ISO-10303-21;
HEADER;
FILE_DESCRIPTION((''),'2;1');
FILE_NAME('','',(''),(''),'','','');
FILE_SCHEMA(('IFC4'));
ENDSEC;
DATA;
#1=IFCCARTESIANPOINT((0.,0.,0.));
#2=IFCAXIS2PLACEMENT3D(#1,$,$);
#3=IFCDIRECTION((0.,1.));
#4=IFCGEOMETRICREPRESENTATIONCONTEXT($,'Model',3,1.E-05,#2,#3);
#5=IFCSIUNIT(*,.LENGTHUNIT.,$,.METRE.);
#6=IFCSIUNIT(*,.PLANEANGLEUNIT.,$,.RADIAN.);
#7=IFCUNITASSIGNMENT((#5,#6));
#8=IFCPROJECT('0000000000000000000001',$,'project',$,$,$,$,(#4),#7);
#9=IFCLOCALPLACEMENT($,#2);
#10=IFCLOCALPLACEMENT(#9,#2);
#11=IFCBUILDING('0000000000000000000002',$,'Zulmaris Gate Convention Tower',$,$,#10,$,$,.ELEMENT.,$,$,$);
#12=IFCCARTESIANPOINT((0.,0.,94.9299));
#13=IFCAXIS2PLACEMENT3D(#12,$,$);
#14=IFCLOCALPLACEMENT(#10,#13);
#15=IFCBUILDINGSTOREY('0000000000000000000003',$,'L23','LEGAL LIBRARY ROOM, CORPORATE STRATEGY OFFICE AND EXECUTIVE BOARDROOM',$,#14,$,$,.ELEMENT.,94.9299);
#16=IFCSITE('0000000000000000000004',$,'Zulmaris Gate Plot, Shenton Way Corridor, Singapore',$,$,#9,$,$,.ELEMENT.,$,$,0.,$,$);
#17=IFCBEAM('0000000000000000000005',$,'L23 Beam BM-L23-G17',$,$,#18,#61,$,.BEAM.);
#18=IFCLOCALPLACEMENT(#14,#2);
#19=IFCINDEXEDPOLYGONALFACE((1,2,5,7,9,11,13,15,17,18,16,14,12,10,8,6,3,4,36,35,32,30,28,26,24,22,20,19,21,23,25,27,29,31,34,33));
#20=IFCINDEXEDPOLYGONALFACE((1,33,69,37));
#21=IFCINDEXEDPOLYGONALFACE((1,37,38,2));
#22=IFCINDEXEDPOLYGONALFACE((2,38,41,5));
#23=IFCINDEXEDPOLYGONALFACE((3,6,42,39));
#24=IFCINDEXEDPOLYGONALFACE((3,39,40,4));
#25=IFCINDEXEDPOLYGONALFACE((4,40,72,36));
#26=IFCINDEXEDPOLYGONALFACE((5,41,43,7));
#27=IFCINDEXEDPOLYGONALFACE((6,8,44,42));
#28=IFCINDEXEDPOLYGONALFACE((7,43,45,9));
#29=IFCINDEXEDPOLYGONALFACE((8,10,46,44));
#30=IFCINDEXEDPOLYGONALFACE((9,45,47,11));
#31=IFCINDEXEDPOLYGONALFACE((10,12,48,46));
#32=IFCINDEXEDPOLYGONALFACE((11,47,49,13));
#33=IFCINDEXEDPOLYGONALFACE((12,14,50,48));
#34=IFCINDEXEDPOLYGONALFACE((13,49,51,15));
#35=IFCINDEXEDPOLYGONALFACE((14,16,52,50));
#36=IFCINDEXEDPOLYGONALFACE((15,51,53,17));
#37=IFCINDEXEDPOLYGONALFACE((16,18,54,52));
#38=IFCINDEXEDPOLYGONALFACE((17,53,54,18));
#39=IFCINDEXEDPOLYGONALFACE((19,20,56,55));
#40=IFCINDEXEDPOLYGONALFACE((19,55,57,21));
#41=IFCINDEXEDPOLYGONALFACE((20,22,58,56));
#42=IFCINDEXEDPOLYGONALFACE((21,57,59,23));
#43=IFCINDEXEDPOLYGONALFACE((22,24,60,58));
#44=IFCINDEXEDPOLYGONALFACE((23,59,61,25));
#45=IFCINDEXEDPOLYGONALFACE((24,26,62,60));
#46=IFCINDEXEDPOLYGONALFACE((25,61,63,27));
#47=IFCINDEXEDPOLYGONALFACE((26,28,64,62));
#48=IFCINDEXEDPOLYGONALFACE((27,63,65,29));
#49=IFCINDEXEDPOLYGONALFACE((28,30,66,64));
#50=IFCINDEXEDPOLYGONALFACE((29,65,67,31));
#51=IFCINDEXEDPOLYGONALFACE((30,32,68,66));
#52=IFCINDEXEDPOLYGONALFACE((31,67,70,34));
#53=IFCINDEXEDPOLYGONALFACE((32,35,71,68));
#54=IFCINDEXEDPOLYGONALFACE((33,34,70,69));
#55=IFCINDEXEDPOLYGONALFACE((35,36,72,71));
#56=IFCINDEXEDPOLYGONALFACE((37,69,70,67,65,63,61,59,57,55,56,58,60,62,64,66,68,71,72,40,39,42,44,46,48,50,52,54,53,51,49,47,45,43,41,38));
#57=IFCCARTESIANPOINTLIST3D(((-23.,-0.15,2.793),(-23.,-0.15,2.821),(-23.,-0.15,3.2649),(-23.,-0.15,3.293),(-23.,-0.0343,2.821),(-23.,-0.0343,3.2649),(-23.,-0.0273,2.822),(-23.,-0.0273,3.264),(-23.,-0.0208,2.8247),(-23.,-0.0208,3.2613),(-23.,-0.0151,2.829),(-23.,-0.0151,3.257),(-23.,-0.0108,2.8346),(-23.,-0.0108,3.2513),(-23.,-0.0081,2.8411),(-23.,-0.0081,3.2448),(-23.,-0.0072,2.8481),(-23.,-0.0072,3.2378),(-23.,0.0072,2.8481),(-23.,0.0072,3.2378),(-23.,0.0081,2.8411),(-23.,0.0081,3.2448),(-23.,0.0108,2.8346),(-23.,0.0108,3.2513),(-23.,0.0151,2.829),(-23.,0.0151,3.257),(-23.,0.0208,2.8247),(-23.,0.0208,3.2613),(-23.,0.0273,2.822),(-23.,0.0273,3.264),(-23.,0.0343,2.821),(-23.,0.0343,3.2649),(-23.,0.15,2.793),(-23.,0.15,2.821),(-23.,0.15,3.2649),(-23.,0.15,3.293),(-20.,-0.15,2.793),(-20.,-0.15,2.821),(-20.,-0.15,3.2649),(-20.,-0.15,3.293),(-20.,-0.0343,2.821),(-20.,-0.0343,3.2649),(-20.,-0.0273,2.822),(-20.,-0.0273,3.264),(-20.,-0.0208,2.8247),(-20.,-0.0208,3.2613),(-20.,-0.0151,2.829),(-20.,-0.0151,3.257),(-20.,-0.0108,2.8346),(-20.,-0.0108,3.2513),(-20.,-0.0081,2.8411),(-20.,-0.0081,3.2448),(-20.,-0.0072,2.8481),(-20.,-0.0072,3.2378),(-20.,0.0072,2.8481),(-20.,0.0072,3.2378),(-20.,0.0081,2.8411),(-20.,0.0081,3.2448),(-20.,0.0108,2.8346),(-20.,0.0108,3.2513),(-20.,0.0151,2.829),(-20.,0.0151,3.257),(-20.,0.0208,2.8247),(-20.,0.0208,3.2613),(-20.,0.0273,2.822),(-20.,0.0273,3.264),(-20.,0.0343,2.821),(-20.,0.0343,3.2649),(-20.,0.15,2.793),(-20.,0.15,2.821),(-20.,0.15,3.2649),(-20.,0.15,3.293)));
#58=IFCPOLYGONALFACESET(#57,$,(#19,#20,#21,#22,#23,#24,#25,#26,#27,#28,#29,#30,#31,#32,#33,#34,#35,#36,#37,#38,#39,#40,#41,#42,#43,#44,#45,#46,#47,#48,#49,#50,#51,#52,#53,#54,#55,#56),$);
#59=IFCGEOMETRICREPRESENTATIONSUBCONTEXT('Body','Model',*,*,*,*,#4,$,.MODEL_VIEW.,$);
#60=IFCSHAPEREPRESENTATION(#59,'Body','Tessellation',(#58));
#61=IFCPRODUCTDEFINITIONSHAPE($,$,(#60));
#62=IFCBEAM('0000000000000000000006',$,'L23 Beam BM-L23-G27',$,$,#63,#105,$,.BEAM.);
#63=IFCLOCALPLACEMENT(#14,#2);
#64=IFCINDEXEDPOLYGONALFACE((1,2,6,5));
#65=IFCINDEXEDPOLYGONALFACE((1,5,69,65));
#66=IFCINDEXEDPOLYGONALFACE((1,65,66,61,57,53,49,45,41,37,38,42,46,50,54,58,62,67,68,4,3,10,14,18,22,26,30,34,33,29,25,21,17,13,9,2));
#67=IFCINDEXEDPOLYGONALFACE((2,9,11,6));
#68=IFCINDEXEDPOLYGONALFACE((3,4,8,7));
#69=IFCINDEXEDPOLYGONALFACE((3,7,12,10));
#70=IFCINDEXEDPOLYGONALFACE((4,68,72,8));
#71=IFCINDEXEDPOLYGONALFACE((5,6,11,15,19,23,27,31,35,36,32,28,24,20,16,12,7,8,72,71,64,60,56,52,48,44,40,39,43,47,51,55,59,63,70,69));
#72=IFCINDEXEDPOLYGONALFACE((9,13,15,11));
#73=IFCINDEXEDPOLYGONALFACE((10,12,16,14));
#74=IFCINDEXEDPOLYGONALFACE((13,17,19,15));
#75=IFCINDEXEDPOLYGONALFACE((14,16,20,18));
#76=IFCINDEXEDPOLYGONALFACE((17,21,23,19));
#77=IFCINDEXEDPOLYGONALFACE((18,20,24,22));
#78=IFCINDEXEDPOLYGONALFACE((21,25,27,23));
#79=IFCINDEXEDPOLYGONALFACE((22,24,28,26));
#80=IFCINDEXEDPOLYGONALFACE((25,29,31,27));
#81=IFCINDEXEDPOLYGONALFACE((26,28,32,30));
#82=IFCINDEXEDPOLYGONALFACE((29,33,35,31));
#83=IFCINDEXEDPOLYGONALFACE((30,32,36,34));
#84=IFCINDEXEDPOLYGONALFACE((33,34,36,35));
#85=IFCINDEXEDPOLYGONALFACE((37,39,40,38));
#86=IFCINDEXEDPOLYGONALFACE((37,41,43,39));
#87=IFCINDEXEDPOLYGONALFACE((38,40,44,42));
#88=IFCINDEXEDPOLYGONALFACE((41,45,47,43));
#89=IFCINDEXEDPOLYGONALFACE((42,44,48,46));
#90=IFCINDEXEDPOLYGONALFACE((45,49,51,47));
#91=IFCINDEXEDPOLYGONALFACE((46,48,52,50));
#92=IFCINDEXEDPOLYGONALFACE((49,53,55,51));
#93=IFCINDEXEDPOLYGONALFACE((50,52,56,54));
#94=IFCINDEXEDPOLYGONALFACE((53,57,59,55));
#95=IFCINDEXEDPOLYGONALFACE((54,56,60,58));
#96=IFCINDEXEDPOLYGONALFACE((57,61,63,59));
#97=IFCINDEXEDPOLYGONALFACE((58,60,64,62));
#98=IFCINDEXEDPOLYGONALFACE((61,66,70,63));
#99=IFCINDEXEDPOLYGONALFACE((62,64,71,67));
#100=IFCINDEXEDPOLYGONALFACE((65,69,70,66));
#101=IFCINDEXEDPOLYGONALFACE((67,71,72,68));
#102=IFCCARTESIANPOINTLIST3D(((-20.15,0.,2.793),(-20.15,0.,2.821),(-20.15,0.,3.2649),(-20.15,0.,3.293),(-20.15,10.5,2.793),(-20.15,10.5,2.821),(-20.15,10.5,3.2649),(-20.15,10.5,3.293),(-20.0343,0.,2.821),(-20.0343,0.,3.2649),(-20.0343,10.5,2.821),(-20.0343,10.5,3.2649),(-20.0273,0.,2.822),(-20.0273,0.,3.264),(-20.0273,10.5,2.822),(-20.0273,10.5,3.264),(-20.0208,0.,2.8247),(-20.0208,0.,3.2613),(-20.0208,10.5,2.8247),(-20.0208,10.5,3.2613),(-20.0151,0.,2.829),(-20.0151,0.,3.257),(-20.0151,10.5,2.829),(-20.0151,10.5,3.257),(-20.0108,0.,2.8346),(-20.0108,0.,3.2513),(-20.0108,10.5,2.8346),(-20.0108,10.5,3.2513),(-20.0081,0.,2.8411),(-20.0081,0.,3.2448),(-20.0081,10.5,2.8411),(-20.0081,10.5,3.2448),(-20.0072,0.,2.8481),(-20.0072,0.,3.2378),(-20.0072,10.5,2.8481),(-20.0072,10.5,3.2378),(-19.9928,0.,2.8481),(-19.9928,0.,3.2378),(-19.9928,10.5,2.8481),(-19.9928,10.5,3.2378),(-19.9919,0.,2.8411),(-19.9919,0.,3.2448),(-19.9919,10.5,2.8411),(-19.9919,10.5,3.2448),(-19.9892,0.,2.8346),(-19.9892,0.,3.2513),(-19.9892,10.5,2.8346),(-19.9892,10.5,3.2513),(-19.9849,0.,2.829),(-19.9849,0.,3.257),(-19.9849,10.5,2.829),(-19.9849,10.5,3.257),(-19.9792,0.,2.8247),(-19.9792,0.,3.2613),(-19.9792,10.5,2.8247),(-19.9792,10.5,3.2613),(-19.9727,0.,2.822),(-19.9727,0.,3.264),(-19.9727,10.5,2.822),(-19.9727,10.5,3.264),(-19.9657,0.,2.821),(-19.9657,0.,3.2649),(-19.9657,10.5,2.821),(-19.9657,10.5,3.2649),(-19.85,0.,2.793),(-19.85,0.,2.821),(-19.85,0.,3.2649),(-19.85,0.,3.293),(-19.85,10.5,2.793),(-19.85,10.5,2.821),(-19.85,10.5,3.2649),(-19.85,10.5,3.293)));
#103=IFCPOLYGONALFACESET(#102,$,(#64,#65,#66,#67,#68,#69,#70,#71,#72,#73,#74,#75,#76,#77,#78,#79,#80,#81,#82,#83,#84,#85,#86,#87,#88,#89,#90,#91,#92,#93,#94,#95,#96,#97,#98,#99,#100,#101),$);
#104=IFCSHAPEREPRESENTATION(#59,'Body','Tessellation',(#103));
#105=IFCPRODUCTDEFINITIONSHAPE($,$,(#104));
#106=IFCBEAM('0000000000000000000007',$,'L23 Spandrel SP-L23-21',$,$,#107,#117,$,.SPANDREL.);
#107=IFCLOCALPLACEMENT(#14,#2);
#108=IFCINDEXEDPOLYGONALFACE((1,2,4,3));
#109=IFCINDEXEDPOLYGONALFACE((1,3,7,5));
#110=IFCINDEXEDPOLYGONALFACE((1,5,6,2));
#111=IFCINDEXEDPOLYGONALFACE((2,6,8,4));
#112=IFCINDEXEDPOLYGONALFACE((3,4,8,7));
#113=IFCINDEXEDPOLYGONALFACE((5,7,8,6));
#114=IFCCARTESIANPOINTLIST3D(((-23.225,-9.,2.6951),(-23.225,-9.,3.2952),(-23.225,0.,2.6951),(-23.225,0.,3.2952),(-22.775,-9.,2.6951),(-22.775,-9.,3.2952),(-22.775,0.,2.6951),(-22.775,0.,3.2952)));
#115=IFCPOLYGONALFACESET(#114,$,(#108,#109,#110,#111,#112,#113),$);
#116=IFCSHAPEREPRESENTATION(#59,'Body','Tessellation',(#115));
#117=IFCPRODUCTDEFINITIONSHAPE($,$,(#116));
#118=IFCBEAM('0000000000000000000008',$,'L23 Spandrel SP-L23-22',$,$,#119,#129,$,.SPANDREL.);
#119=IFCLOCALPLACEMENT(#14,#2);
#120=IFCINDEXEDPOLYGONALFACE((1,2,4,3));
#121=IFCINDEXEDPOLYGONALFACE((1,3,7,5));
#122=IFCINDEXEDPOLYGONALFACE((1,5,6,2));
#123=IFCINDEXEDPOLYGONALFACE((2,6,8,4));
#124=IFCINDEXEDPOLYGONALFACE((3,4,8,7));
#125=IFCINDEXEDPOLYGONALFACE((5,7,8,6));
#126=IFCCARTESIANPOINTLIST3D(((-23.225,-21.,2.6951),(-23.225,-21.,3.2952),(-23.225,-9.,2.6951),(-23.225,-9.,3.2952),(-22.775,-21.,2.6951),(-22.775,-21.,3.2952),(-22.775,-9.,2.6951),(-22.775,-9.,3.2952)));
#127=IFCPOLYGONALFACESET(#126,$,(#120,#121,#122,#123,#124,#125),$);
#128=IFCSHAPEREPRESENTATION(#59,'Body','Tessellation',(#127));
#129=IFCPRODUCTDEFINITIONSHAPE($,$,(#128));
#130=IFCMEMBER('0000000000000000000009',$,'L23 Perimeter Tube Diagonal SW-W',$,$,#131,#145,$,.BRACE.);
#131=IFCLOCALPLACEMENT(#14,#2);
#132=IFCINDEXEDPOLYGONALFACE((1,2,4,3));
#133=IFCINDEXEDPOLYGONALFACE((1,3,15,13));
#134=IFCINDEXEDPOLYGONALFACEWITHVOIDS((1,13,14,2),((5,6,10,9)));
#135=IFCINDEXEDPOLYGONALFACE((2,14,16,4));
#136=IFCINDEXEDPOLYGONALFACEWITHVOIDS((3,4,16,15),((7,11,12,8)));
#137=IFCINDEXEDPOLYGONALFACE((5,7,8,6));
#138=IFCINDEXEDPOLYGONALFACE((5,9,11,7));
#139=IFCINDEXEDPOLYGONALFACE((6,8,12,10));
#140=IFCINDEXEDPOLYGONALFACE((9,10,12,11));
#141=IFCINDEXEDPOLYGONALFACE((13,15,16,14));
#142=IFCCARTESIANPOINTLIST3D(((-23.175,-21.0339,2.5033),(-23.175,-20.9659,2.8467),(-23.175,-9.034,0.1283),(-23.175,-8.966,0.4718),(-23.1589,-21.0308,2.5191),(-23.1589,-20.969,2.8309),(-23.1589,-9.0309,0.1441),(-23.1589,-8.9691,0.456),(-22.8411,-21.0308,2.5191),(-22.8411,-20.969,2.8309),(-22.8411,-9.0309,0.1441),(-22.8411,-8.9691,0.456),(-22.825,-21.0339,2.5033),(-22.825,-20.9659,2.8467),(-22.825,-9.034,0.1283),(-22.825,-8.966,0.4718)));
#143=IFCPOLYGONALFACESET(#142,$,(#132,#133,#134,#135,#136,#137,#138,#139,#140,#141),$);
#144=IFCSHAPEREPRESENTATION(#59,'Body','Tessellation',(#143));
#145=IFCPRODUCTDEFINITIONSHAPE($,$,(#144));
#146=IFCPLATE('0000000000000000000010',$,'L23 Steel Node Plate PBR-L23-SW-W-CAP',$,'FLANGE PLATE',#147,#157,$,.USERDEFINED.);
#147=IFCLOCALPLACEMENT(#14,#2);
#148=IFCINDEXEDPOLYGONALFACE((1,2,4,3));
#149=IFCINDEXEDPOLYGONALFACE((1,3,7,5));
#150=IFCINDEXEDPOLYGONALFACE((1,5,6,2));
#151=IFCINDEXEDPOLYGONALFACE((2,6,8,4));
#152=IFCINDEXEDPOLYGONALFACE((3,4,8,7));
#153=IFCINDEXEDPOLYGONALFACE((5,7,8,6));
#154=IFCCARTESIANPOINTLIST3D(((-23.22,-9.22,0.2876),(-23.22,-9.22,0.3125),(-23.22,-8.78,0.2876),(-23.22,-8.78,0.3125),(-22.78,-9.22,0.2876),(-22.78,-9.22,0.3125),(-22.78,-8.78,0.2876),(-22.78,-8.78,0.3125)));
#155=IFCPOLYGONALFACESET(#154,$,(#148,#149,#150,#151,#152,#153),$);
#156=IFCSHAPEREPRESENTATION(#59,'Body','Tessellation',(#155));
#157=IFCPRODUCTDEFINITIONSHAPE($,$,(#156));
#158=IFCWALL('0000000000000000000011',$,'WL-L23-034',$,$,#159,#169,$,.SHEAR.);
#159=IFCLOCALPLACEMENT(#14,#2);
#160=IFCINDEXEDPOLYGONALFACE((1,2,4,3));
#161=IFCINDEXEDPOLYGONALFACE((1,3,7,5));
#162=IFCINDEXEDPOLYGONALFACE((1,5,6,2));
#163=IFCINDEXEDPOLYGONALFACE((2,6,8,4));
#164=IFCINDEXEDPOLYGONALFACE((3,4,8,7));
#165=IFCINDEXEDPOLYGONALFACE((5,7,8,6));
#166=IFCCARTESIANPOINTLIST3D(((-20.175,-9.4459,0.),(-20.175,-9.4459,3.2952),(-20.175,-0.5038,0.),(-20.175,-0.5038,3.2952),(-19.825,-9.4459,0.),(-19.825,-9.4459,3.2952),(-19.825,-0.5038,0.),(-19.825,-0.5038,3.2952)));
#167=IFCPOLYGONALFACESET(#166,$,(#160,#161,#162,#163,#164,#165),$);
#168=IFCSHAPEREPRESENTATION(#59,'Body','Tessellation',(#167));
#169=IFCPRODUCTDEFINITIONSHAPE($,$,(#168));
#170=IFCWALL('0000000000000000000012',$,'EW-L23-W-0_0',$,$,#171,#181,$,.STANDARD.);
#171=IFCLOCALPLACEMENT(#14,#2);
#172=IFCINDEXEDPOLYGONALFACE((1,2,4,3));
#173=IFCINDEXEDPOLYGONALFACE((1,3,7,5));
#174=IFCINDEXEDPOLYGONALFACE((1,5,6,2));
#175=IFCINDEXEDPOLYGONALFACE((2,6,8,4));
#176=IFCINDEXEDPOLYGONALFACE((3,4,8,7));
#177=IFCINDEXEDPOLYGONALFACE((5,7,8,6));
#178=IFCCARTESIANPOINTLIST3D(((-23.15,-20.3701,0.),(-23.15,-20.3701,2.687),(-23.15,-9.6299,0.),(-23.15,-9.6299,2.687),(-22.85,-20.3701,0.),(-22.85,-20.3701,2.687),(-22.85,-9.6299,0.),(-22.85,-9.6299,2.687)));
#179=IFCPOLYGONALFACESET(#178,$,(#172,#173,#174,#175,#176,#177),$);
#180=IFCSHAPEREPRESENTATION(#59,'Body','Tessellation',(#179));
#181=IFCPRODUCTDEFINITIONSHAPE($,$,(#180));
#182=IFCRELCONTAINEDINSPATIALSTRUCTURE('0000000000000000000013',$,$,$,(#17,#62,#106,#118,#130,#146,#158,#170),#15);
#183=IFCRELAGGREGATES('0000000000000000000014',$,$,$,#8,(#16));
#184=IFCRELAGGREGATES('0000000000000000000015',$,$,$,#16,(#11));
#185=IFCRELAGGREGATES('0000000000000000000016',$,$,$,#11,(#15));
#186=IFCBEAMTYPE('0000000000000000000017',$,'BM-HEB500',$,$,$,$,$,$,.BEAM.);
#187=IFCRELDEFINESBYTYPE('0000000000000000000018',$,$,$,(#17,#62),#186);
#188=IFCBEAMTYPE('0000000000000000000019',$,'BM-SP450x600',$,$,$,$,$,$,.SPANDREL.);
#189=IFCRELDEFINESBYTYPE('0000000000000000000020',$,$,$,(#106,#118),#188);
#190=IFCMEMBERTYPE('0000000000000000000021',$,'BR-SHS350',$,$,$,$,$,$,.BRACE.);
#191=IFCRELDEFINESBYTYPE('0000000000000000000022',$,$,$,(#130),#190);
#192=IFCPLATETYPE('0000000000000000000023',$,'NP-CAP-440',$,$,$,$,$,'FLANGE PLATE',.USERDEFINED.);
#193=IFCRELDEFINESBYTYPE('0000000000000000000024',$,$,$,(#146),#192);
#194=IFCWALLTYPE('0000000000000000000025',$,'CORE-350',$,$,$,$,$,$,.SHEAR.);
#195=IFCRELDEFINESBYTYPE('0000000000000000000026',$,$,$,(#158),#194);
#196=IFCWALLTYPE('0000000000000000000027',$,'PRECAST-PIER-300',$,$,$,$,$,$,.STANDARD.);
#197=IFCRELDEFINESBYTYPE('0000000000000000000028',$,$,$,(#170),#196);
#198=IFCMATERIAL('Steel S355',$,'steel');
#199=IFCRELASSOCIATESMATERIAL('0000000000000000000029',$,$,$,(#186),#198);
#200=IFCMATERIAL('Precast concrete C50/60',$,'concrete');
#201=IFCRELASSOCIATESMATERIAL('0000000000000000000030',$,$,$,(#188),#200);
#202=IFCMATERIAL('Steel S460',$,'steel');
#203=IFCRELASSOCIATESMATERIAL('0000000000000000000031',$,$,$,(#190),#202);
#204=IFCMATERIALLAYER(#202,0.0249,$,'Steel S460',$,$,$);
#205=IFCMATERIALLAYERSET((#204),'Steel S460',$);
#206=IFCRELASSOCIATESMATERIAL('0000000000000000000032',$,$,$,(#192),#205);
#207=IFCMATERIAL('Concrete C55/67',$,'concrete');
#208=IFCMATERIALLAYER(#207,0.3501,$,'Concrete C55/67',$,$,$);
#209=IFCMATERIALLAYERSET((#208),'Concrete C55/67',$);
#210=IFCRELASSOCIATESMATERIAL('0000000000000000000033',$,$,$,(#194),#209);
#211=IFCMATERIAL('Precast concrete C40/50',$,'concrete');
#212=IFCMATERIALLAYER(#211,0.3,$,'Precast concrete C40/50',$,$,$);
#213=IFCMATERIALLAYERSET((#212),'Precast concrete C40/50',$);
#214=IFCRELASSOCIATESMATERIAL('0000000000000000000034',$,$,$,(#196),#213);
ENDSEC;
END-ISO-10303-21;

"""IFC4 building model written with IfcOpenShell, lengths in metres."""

from ifc_helpers import new_model, si_unit, direction, frame, frame_2d, origin, origin_2d, place, context, subcontext, project, spatial, rectangle, hollow_rectangle, i_section, extrude, material, layer, layer_set, material_profile, profile_set, type_object, element, save


model = new_model("IFC4")

# Units and contexts
model_context = context("Model", 3, precision=1e-05, world=origin(), true_north=direction((0.0, 1.0)))
body_context = subcontext(model_context, "Body", "Model", "MODEL_VIEW")
ifc_project = project(units=[si_unit("LENGTHUNIT", "METRE"), si_unit("PLANEANGLEUNIT", "RADIAN")], contexts=[model_context])

# Site, building, storey
site_placement = place(None, origin())
site = spatial("IfcSite", under=ifc_project, at=site_placement, Name="Zulmaris Gate Plot, Shenton Way Corridor, Singapore", CompositionType="ELEMENT", RefElevation=0.0)
building_placement = place(site_placement, origin())
building = spatial("IfcBuilding", under=site, at=building_placement, Name="Zulmaris Gate Convention Tower", CompositionType="ELEMENT")
storey_placement = place(building_placement, frame((0.0, 0.0, 94.9299)))
storey = spatial("IfcBuildingStorey", under=building, at=storey_placement, Name="L23", Description="LEGAL LIBRARY ROOM, CORPORATE STRATEGY OFFICE AND EXECUTIVE BOARDROOM", CompositionType="ELEMENT", Elevation=94.9299)

# Beams
ifc_material_1 = material(Name="Steel S355", Category="steel")
ifc_material_profile_1 = material_profile(ifc_material_1, i_section(OverallWidth=0.3, OverallDepth=0.5, WebThickness=0.0144, FlangeThickness=0.0281, FilletRadius=0.0271, at=origin_2d()), Name="HEB 500")
ifc_profile_set_1 = profile_set([ifc_material_profile_1], Name="Steel S355")
beam_type_1 = type_object("IfcBeamType", Name="BM-HEB500", PredefinedType="BEAM", material=ifc_profile_set_1)
for number, where, z_axis, x_axis, name in (
    (1, (-23.0, 0.0, 3.043), (1.0, 0.0, 0.0), (0.0, 1.0, 0.0), "L23 Beam BM-L23-G17"),
):
    element("IfcBeam", number, at=place(storey_placement, frame(where, z_axis=z_axis, x_axis=x_axis)), inside=storey, type_object=beam_type_1, Name=name, PredefinedType="BEAM", context=body_context, shape_type="SweptSolid", body=[
        extrude(i_section(OverallWidth=0.3, OverallDepth=0.5, WebThickness=0.0144, FlangeThickness=0.0281, FilletRadius=0.0271, at=origin_2d()), origin(), (0.0, 0.0, 1.0), 3.0),
    ])
beam_1_placement = place(storey_placement, frame((-20.0, 0.0, 3.043), z_axis=(0.0, 1.0, 0.0), x_axis=(-1.0, 0.0, 0.0)))
element("IfcBeam", 2, at=beam_1_placement, inside=storey, type_object=beam_type_1, Name="L23 Beam BM-L23-G27", PredefinedType="BEAM", context=body_context, shape_type="SweptSolid", body=[
    extrude(i_section(OverallWidth=0.3, OverallDepth=0.5, WebThickness=0.0144, FlangeThickness=0.0281, FilletRadius=0.0271, at=origin_2d()), origin(), (0.0, 0.0, 1.0), 10.5),
])
ifc_material_2 = material(Name="Precast concrete C50/60", Category="concrete")
ifc_material_profile_2 = material_profile(ifc_material_2, rectangle(XDim=0.45, YDim=0.6001, at=origin_2d()), Name="RC SPANDREL 450x600")
ifc_profile_set_2 = profile_set([ifc_material_profile_2], Name="Precast concrete C50/60")
beam_type_2 = type_object("IfcBeamType", Name="BM-SP450x600", PredefinedType="SPANDREL", material=ifc_profile_set_2)
beam_2_placement = place(storey_placement, frame((-23.0, 0.0, 2.9951), z_axis=(0.0, -1.0, 0.0), x_axis=(1.0, 0.0, 0.0)))
element("IfcBeam", 3, at=beam_2_placement, inside=storey, type_object=beam_type_2, Name="L23 Spandrel SP-L23-21", PredefinedType="SPANDREL", context=body_context, shape_type="SweptSolid", body=[
    extrude(rectangle(XDim=0.45, YDim=0.6001, at=origin_2d()), origin(), (0.0, 0.0, 1.0), 9.0),
])
beam_3_placement = place(storey_placement, frame((-23.0, -9.0, 2.9951), z_axis=(0.0, -1.0, 0.0), x_axis=(1.0, 0.0, 0.0)))
element("IfcBeam", 4, at=beam_3_placement, inside=storey, type_object=beam_type_2, Name="L23 Spandrel SP-L23-22", PredefinedType="SPANDREL", context=body_context, shape_type="SweptSolid", body=[
    extrude(rectangle(XDim=0.45, YDim=0.6001, at=origin_2d()), origin(), (0.0, 0.0, 1.0), 12.0),
])

# Member
ifc_material_3 = material(Name="Steel S460", Category="steel")
ifc_material_profile_3 = material_profile(ifc_material_3, hollow_rectangle(XDim=0.3501, YDim=0.3501, WallThickness=0.0161, at=origin_2d()), Name="SHS 350x350x16")
ifc_profile_set_3 = profile_set([ifc_material_profile_3], Name="Steel S460")
member_type = type_object("IfcMemberType", Name="BR-SHS350", PredefinedType="BRACE", material=ifc_profile_set_3)
member_placement = place(storey_placement, frame((-23.0, -9.0, 0.3), z_axis=(0.0, -0.980972, 0.194151), x_axis=(1.0, 0.0, 0.0)))
element("IfcMember", 5, at=member_placement, inside=storey, type_object=member_type, Name="L23 Perimeter Tube Diagonal SW-W", PredefinedType="BRACE", context=body_context, shape_type="SweptSolid", body=[
    extrude(hollow_rectangle(XDim=0.3501, YDim=0.3501, WallThickness=0.0161, at=origin_2d()), origin(), (0.0, 0.0, 1.0), 12.2327),
])

# Plate
ifc_layer_1 = layer(ifc_material_3, 0.0249, Name="Steel S460")
ifc_layer_set_1 = layer_set([ifc_layer_1], Name="Steel S460")
plate_type = type_object("IfcPlateType", Name="NP-CAP-440", ElementType="FLANGE PLATE", PredefinedType="USERDEFINED", material=ifc_layer_set_1)
plate_placement = place(storey_placement, frame((-23.0, -9.0, 0.2876), z_axis=(0.0, 0.0, 1.0), x_axis=(1.0, 0.0, 0.0)))
element("IfcPlate", 6, at=plate_placement, inside=storey, type_object=plate_type, Name="L23 Steel Node Plate PBR-L23-SW-W-CAP", ObjectType="FLANGE PLATE", PredefinedType="USERDEFINED", context=body_context, shape_type="SweptSolid", body=[
    extrude(rectangle(XDim=0.4399, YDim=0.4399, at=origin_2d()), origin(), (0.0, 0.0, 1.0), 0.0249),
])

# Walls
ifc_material_4 = material(Name="Concrete C55/67", Category="concrete")
ifc_layer_2 = layer(ifc_material_4, 0.3501, Name="Concrete C55/67")
ifc_layer_set_2 = layer_set([ifc_layer_2], Name="Concrete C55/67")
wall_type_1 = type_object("IfcWallType", Name="CORE-350", PredefinedType="SHEAR", material=ifc_layer_set_2)
wall_1_placement = place(storey_placement, frame((-20.0, -9.446, 0.0), z_axis=(0.0, 0.0, 1.0), x_axis=(0.0, 1.0, 0.0)))
element("IfcWall", 7, at=wall_1_placement, inside=storey, type_object=wall_type_1, Name="WL-L23-034", PredefinedType="SHEAR", context=body_context, shape_type="SweptSolid", body=[
    extrude(rectangle(XDim=8.9421, YDim=0.3501, at=frame_2d((4.4712, 0.0))), origin(), (0.0, 0.0, 1.0), 3.2952),
])
ifc_material_5 = material(Name="Precast concrete C40/50", Category="concrete")
ifc_layer_3 = layer(ifc_material_5, 0.3, Name="Precast concrete C40/50")
ifc_layer_set_3 = layer_set([ifc_layer_3], Name="Precast concrete C40/50")
wall_type_2 = type_object("IfcWallType", Name="PRECAST-PIER-300", PredefinedType="STANDARD", material=ifc_layer_set_3)
wall_2_placement = place(storey_placement, frame((-23.0, -9.6299, 0.0), z_axis=(0.0, 0.0, 1.0), x_axis=(0.0, -1.0, 0.0)))
element("IfcWall", 8, at=wall_2_placement, inside=storey, type_object=wall_type_2, Name="EW-L23-W-0_0", PredefinedType="STANDARD", context=body_context, shape_type="SweptSolid", body=[
    extrude(rectangle(XDim=10.7402, YDim=0.3, at=frame_2d((5.3701, 0.0))), origin(), (0.0, 0.0, 1.0), 2.687),
])

save(model, "model.ifc")
